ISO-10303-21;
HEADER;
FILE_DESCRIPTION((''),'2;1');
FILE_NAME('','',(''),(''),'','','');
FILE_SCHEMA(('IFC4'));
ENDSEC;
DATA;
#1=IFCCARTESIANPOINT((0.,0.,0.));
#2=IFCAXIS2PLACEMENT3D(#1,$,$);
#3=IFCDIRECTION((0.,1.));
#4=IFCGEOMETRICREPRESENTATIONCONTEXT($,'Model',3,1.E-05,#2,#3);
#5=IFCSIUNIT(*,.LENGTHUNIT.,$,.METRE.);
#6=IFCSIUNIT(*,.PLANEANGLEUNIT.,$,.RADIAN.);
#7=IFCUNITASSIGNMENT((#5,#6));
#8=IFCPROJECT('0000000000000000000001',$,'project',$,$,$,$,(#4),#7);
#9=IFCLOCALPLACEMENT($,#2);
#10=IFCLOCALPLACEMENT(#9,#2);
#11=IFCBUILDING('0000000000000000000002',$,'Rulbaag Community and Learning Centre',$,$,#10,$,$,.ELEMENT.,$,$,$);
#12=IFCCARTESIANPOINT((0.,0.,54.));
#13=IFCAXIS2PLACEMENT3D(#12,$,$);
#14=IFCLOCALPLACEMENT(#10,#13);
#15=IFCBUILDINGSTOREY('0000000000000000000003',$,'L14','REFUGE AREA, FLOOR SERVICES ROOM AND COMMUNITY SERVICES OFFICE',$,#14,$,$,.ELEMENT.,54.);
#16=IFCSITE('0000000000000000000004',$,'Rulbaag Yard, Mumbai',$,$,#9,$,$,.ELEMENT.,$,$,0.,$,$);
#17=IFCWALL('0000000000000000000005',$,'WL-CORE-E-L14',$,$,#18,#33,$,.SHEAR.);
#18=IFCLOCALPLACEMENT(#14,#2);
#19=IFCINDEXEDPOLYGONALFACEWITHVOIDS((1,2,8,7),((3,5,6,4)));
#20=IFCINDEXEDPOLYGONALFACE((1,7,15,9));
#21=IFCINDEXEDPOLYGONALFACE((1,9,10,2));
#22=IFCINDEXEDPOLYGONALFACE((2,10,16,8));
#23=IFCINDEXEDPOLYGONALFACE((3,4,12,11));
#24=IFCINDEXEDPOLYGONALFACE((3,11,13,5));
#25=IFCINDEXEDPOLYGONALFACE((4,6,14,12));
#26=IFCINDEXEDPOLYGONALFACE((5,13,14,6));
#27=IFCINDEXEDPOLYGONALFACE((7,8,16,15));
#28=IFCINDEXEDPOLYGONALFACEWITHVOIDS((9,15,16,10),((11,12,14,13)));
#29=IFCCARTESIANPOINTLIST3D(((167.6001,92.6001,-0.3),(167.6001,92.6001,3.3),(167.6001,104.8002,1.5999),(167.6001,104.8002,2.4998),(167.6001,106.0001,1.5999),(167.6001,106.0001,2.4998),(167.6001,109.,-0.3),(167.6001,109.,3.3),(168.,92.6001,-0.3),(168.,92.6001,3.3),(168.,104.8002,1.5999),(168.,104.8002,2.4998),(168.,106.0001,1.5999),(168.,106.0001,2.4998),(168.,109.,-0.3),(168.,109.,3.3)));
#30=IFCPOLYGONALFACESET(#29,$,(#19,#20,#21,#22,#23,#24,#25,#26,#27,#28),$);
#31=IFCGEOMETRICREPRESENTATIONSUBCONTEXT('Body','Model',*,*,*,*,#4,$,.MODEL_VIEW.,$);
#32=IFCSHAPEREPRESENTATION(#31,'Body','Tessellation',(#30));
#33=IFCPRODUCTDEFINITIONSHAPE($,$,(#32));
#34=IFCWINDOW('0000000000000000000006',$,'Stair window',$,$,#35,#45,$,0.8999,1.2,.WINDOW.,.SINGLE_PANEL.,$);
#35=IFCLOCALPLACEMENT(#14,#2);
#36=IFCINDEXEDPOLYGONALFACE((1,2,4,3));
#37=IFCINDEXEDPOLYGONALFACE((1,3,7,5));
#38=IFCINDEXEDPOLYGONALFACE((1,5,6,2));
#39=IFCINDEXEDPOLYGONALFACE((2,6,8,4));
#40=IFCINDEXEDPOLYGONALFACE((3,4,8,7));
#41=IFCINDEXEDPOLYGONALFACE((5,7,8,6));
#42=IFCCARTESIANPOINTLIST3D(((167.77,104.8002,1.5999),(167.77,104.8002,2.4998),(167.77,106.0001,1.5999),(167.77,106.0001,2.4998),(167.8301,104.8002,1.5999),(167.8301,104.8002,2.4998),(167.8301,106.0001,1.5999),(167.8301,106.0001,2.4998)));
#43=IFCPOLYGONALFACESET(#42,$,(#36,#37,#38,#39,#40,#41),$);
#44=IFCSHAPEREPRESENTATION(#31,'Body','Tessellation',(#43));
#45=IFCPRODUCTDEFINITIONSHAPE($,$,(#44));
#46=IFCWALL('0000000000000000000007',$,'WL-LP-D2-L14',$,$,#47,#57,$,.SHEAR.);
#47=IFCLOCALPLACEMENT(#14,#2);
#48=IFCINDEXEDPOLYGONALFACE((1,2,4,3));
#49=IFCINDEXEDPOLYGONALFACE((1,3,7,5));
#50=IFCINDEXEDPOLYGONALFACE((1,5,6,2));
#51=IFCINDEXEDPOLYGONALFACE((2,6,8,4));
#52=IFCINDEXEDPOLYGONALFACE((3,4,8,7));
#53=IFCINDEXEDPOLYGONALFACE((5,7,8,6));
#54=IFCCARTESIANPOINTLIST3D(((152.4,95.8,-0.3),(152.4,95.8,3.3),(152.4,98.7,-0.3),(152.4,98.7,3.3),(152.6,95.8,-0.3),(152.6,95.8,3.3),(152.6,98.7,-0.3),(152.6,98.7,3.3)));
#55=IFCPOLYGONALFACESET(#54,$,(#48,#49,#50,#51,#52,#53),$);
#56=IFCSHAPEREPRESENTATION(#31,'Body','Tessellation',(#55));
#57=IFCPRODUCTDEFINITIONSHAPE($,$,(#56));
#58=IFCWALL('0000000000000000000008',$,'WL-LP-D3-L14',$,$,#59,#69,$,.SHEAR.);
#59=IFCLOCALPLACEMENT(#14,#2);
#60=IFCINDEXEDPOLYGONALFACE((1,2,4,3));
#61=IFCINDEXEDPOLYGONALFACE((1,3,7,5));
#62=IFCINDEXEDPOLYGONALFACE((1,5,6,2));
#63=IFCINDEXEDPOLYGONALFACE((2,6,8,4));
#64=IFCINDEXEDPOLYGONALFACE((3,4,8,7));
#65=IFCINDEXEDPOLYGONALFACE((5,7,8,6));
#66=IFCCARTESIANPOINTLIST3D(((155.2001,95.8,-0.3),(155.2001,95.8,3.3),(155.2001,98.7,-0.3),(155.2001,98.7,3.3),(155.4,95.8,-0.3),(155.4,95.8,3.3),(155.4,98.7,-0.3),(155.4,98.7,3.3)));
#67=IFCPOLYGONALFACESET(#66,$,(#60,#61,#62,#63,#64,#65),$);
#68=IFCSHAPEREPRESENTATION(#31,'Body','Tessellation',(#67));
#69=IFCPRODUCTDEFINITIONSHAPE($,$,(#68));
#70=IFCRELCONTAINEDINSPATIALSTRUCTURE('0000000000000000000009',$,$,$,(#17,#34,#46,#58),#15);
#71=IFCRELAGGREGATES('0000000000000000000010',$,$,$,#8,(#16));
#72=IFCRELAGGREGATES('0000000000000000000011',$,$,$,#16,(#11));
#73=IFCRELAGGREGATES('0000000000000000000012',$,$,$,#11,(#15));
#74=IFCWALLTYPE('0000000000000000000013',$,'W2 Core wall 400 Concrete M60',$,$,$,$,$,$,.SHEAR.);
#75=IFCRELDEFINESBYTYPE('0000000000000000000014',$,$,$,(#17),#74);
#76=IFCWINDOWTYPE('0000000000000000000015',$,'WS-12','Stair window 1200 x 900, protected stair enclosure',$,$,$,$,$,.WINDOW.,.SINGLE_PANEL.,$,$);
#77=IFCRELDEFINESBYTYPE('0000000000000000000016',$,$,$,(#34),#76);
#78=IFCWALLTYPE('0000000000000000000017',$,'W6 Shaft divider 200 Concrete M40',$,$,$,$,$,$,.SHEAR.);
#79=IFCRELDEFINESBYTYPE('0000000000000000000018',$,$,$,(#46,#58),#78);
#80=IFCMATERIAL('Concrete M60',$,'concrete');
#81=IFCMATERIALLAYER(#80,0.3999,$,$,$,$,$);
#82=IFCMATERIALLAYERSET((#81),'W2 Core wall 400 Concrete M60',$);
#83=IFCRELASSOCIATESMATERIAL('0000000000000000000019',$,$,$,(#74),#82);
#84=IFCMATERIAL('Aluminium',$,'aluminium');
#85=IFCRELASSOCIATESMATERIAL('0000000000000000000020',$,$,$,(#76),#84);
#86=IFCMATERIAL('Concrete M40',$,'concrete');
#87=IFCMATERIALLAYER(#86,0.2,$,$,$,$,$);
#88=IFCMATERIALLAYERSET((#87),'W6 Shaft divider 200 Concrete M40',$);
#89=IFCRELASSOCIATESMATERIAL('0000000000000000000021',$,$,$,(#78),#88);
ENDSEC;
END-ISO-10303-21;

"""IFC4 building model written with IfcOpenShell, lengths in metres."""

from ifc_helpers import new_model, si_unit, direction, frame, frame_2d, origin, place, context, subcontext, project, spatial, rectangle, extrude, material, layer, layer_set, type_object, element, fill, save


model = new_model("IFC4")

# Units and contexts
model_context = context("Model", 3, precision=1e-05, world=origin(), true_north=direction((0.0, 1.0)))
body_context = subcontext(model_context, "Body", "Model", "MODEL_VIEW")
ifc_project = project(units=[si_unit("LENGTHUNIT", "METRE"), si_unit("PLANEANGLEUNIT", "RADIAN")], contexts=[model_context])

# Site, building, storey
site_placement = place(None, origin())
site = spatial("IfcSite", under=ifc_project, at=site_placement, Name="Rulbaag Yard, Mumbai", CompositionType="ELEMENT", RefElevation=0.0)
building_placement = place(site_placement, origin())
building = spatial("IfcBuilding", under=site, at=building_placement, Name="Rulbaag Community and Learning Centre", CompositionType="ELEMENT")
storey_placement = place(building_placement, frame((0.0, 0.0, 54.0)))
storey = spatial("IfcBuildingStorey", under=building, at=storey_placement, Name="L14", Description="REFUGE AREA, FLOOR SERVICES ROOM AND COMMUNITY SERVICES OFFICE", CompositionType="ELEMENT", Elevation=54.0)

# Shared definitions
ifc_material_1 = material(Name="Concrete M40", Category="concrete")

# Shared definitions
ifc_material_2 = material(Name="Aluminium", Category="aluminium")

# Wall, opening, window
ifc_material_3 = material(Name="Concrete M60", Category="concrete")
ifc_layer_1 = layer(ifc_material_3, 0.3999)
ifc_layer_set_1 = layer_set([ifc_layer_1], Name="W2 Core wall 400 Concrete M60")
wall_type_1 = type_object("IfcWallType", Name="W2 Core wall 400 Concrete M60", PredefinedType="SHEAR", material=ifc_layer_set_1)
wall_1_placement = place(storey_placement, frame((167.8, 92.6001, -0.3), z_axis=(0.0, 0.0, 1.0), x_axis=(0.0, 1.0, 0.0)))
wall_1 = element("IfcWall", 1, at=wall_1_placement, inside=storey, type_object=wall_type_1, Name="WL-CORE-E-L14", PredefinedType="SHEAR", context=body_context, shape_type="SweptSolid", body=[
    extrude(rectangle(XDim=16.3999, YDim=0.3999, at=frame_2d((8.2, 0.0))), origin(), (0.0, 0.0, 1.0), 3.6001),
])
opening_1_placement = place(wall_1_placement, frame((12.2, 0.0, 1.8999)))
opening_1 = element("IfcOpeningElement", 2, at=opening_1_placement, cuts=wall_1, PredefinedType="OPENING", context=body_context, shape_type="SweptSolid", body=[
    extrude(rectangle(XDim=1.2, YDim=0.8999, at=frame_2d((0.6001, 0.45))), frame((0.0, 0.21, 0.0), z_axis=(0.0, -1.0, 0.0), x_axis=(1.0, 0.0, 0.0)), (0.0, 0.0, 1.0), 0.4199),
])
window_type = type_object("IfcWindowType", Name="WS-12", Description="Stair window 1200 x 900, protected stair enclosure", PartitioningType="SINGLE_PANEL", PredefinedType="WINDOW", material=ifc_material_2)
window_placement = place(opening_1_placement, origin())
window = element("IfcWindow", 3, at=window_placement, inside=storey, type_object=window_type, Name="Stair window", OverallHeight=0.8999, OverallWidth=1.2, PartitioningType="SINGLE_PANEL", PredefinedType="WINDOW", context=body_context, shape_type="SweptSolid", body=[
    extrude(rectangle(XDim=1.2, YDim=0.8999, at=frame_2d((0.6001, 0.45))), frame((0.0, 0.03, 0.0), z_axis=(0.0, -1.0, 0.0), x_axis=(1.0, 0.0, 0.0)), (0.0, 0.0, 1.0), 0.0601),
])
fill(opening_1, window)

# Walls
ifc_layer_2 = layer(ifc_material_1, 0.2)
ifc_layer_set_2 = layer_set([ifc_layer_2], Name="W6 Shaft divider 200 Concrete M40")
wall_type_2 = type_object("IfcWallType", Name="W6 Shaft divider 200 Concrete M40", PredefinedType="SHEAR", material=ifc_layer_set_2)
for number, where, z_axis, x_axis, name in (
    (4, (152.5, 95.8, -0.3), (0.0, 0.0, 1.0), (0.0, 1.0, 0.0), "WL-LP-D2-L14"),
    (5, (155.3, 95.8, -0.3), (0.0, 0.0, 1.0), (0.0, 1.0, 0.0), "WL-LP-D3-L14"),
):
    element("IfcWall", number, at=place(storey_placement, frame(where, z_axis=z_axis, x_axis=x_axis)), inside=storey, type_object=wall_type_2, Name=name, PredefinedType="SHEAR", context=body_context, shape_type="SweptSolid", body=[
        extrude(rectangle(XDim=2.8999, YDim=0.2, at=frame_2d((1.45, 0.0))), origin(), (0.0, 0.0, 1.0), 3.6001),
    ])

save(model, "model.ifc")
